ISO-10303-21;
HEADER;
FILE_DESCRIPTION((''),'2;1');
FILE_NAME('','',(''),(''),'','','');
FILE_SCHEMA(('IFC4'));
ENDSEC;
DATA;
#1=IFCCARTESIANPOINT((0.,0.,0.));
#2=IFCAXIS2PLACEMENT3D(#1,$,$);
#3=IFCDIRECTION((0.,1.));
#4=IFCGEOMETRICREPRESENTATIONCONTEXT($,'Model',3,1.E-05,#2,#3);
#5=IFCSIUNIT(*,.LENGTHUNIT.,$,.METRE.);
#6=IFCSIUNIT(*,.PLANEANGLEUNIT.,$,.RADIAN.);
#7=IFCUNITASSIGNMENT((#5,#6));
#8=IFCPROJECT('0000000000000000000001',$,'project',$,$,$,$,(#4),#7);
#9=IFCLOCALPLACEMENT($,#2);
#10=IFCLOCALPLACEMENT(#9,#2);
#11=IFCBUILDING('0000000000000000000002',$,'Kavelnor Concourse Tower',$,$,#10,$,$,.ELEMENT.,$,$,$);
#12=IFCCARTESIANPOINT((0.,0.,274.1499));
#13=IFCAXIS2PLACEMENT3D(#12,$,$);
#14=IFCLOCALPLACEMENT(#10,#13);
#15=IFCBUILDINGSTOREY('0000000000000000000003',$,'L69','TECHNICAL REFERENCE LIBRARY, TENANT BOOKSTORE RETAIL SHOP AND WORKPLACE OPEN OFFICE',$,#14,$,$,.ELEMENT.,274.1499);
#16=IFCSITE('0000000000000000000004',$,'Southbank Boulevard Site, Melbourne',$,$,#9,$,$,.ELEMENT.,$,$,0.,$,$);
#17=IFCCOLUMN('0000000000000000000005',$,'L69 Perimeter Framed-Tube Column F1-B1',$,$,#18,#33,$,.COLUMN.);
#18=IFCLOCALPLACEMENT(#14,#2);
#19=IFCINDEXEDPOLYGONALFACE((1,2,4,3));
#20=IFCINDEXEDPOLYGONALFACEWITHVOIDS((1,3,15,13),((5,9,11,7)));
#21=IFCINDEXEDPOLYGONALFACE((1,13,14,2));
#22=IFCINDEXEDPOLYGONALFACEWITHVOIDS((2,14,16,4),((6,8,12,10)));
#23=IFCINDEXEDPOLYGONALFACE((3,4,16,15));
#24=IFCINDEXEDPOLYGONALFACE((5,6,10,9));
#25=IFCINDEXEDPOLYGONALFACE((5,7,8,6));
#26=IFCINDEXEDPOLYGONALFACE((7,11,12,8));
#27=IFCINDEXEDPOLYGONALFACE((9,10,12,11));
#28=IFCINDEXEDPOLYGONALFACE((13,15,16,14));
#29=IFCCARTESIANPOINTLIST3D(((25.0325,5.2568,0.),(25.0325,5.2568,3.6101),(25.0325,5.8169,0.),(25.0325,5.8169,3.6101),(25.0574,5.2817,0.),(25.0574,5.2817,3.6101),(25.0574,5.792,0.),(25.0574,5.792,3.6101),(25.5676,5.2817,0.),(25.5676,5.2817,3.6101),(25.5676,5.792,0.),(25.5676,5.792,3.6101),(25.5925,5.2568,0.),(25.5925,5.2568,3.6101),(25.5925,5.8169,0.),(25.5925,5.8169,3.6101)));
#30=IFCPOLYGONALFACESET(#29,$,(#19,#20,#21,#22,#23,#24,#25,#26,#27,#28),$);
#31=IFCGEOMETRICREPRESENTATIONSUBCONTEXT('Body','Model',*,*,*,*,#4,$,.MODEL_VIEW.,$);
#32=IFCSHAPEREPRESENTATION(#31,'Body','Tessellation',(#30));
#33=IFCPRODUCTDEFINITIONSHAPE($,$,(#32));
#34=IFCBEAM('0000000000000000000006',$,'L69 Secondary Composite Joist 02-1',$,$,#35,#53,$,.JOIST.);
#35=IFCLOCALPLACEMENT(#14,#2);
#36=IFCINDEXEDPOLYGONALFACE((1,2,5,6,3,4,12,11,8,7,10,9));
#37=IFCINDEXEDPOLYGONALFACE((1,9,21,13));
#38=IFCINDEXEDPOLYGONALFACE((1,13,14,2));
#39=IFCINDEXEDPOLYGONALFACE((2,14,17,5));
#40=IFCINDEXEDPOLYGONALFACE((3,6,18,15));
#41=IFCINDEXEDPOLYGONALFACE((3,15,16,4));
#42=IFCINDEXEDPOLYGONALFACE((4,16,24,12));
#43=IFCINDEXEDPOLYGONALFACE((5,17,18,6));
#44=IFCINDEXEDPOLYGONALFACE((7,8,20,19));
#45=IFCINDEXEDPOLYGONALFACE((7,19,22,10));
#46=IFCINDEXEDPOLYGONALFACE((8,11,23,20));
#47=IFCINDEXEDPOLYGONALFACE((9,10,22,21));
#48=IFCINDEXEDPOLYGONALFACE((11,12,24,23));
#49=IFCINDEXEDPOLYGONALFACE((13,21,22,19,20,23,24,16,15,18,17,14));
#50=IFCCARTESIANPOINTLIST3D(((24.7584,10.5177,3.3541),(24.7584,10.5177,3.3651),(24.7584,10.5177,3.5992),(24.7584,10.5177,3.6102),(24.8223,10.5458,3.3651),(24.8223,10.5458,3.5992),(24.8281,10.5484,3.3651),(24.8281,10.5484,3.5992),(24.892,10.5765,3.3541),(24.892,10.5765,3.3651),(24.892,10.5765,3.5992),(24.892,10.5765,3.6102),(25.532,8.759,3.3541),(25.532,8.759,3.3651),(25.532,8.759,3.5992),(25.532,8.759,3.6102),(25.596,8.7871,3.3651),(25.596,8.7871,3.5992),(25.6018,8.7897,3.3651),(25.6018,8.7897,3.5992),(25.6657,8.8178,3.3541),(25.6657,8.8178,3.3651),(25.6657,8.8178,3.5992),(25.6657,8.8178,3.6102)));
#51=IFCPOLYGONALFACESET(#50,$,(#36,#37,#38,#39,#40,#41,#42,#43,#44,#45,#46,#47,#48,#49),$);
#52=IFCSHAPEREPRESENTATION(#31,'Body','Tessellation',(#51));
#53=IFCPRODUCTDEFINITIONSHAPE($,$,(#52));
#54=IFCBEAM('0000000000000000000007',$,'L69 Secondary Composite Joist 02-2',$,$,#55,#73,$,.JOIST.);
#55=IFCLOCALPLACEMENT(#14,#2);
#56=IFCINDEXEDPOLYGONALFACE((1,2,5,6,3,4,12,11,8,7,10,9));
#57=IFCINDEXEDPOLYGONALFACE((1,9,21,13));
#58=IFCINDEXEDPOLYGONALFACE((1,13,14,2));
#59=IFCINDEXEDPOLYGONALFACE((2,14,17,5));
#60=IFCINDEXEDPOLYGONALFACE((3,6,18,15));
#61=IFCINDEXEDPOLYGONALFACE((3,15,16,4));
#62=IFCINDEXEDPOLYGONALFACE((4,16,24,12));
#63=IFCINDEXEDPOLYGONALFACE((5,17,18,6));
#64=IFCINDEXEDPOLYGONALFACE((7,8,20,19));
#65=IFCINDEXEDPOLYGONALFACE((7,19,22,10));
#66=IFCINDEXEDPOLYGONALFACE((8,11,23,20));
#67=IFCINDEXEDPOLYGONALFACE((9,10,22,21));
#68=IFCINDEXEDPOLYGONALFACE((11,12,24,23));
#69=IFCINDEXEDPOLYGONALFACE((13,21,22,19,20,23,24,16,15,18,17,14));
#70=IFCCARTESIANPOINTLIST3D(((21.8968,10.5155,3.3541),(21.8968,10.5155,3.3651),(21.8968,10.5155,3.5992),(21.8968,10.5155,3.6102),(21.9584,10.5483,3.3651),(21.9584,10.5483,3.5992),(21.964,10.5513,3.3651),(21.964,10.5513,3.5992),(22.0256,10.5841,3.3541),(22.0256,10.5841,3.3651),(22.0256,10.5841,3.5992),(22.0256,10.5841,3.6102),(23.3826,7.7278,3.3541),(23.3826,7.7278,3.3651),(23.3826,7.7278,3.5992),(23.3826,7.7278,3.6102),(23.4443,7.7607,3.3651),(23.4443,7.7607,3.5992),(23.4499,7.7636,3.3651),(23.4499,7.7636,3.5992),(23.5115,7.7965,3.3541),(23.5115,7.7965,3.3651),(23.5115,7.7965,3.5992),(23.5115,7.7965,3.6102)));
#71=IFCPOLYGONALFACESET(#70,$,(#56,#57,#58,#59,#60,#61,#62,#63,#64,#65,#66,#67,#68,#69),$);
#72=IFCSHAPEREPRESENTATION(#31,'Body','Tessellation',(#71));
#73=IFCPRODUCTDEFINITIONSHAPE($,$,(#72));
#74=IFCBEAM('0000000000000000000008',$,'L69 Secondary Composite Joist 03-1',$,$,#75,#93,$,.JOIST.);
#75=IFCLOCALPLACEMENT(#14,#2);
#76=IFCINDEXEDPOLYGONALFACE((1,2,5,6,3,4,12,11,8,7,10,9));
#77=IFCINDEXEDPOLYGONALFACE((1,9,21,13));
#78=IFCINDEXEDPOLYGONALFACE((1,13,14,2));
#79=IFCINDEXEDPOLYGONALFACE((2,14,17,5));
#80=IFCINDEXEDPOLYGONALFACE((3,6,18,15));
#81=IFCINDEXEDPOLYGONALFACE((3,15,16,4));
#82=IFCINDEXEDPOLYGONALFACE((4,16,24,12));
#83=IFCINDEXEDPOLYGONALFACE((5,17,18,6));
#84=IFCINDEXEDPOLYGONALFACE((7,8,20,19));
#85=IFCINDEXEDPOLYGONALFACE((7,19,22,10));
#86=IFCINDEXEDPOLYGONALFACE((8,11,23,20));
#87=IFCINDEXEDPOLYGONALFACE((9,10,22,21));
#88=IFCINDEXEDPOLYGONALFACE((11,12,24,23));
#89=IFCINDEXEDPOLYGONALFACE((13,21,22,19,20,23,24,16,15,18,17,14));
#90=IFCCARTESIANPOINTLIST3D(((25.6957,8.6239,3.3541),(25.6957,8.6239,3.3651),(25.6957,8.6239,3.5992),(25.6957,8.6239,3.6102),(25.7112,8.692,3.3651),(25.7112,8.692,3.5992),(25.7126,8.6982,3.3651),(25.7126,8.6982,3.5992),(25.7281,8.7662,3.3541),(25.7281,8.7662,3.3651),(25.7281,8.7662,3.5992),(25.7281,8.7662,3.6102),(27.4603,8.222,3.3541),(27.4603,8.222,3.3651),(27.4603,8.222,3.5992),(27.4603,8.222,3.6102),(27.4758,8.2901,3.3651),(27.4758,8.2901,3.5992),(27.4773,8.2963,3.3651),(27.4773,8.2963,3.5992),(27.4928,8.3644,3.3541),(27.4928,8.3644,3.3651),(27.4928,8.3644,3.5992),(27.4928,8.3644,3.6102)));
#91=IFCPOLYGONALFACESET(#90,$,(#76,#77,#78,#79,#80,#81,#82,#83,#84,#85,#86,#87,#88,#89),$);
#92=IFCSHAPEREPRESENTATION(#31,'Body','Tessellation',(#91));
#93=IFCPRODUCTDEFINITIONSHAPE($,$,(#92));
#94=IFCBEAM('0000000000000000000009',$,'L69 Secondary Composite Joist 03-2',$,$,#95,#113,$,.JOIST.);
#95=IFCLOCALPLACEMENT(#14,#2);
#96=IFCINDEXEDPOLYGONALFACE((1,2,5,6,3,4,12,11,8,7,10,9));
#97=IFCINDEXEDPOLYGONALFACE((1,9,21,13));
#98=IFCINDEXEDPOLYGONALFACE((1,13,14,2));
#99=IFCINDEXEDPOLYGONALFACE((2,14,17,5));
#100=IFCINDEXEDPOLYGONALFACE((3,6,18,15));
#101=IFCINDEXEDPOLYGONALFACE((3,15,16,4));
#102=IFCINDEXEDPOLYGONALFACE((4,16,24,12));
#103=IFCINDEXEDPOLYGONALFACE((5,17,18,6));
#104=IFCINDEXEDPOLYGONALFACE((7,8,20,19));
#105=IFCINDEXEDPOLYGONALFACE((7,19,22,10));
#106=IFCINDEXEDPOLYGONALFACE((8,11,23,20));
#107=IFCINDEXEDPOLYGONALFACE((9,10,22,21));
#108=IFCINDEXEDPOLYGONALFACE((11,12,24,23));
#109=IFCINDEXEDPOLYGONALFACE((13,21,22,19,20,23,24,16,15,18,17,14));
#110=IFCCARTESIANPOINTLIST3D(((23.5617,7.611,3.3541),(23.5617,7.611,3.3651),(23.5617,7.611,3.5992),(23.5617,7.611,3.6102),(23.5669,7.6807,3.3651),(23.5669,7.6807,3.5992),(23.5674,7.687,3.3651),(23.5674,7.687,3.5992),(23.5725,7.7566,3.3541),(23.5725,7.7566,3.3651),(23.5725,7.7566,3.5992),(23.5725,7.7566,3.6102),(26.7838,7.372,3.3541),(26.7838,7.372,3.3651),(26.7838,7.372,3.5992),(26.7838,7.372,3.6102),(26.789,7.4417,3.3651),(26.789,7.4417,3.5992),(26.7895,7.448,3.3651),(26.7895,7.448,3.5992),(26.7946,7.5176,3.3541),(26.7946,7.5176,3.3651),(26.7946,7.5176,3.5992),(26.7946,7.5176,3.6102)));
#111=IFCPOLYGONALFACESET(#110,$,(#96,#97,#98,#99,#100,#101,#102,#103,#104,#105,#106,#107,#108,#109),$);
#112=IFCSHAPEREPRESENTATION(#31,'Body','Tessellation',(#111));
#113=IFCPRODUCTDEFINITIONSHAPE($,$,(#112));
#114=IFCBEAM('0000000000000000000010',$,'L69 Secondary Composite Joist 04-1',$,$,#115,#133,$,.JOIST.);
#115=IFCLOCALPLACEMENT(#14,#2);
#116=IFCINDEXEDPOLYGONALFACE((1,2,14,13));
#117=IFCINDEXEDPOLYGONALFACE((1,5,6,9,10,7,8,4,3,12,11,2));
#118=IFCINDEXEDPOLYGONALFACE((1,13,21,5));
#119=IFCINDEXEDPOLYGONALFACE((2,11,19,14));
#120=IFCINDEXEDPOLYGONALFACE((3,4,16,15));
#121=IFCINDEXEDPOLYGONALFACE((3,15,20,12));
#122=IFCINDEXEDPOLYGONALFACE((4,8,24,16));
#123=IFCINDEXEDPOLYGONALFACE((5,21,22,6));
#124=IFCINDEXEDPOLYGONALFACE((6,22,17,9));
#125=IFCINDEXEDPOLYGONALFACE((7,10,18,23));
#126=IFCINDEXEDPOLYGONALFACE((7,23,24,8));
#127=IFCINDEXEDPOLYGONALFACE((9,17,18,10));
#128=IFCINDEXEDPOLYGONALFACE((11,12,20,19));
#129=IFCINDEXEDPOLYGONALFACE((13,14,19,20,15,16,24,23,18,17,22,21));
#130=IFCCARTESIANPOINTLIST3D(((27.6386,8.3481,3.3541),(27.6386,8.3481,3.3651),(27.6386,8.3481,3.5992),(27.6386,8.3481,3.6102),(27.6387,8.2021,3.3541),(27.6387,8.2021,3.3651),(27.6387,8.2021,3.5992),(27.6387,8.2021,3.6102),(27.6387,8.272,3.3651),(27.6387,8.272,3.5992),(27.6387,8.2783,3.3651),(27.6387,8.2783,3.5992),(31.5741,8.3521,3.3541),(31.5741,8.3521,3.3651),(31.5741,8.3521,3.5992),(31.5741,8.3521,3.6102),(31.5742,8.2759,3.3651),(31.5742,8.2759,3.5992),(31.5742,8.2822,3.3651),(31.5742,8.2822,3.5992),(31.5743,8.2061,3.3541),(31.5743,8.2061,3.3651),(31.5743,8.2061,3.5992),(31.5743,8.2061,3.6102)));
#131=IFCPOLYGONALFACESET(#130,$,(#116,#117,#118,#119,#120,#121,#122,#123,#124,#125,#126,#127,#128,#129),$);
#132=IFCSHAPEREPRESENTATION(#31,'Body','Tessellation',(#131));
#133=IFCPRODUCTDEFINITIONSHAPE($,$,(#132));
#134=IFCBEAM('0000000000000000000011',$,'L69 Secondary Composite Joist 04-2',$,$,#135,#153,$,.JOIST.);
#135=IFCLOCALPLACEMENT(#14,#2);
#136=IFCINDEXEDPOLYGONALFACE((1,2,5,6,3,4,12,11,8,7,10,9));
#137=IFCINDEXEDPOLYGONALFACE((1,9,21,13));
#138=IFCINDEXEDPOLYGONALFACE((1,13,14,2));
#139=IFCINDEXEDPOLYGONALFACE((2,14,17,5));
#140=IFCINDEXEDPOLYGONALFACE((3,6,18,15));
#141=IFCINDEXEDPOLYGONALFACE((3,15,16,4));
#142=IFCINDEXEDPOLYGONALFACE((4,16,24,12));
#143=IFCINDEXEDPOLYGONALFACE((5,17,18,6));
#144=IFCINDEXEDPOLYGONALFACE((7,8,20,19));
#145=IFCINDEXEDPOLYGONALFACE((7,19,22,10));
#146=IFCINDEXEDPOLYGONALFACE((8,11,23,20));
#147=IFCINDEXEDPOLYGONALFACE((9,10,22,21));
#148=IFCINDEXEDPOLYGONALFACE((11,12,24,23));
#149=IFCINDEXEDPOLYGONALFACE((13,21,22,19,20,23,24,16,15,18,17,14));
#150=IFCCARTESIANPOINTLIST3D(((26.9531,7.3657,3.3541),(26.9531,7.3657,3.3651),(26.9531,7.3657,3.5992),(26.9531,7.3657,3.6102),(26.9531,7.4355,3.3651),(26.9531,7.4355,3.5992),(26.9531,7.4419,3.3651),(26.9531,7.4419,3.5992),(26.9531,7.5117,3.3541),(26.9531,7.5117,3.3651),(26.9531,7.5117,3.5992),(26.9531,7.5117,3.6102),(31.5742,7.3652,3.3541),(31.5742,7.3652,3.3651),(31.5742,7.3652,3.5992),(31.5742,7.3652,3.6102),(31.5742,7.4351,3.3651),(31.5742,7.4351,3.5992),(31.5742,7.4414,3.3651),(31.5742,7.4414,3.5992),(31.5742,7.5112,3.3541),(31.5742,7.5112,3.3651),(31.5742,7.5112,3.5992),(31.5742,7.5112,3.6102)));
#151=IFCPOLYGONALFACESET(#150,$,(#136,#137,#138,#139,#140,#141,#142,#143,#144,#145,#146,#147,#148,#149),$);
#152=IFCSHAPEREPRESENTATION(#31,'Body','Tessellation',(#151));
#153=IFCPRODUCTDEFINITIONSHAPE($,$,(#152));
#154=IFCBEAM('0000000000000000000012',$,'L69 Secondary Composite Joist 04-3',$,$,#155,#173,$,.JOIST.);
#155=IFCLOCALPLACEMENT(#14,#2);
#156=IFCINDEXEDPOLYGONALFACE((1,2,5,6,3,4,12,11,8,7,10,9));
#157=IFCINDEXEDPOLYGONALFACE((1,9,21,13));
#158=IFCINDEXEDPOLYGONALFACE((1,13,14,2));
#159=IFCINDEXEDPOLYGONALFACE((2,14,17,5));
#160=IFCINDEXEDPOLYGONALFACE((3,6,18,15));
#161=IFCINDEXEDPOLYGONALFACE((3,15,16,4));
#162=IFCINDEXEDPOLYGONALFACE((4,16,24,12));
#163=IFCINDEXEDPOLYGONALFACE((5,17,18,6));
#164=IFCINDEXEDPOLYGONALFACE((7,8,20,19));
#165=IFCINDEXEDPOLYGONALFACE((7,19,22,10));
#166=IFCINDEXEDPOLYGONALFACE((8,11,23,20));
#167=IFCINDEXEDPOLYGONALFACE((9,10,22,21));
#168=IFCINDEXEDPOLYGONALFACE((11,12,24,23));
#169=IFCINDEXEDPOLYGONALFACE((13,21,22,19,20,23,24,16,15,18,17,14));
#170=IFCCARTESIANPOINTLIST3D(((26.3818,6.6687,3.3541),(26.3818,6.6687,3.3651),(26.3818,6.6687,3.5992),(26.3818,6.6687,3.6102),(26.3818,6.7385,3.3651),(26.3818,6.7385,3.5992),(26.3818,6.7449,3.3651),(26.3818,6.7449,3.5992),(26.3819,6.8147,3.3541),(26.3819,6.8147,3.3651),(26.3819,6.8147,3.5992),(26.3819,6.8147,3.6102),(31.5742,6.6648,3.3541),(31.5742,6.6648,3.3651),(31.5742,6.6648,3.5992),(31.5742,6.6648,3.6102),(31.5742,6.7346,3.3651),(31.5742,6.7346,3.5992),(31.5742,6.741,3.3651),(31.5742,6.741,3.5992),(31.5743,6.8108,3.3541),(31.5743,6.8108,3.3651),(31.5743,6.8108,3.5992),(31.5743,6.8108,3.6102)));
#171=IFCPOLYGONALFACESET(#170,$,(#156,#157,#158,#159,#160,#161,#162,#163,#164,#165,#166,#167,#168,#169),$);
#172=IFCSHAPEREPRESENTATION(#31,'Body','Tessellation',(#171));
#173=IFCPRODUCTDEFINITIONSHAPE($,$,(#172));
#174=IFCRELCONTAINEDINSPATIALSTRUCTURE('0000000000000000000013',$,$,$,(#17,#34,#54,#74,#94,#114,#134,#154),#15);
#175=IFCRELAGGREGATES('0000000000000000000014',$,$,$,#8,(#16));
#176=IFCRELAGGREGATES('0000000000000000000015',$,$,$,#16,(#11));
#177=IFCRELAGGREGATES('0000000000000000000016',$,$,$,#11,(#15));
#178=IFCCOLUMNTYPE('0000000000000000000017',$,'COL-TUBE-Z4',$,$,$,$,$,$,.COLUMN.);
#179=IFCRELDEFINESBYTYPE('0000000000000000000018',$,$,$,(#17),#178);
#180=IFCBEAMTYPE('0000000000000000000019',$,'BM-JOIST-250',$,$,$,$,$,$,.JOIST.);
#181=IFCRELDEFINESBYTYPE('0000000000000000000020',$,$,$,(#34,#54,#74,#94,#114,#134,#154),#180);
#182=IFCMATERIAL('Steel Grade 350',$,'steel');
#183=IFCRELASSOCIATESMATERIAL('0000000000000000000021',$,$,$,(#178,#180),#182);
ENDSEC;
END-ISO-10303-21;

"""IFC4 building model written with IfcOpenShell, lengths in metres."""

from ifc_helpers import new_model, si_unit, direction, frame, origin, origin_2d, place, context, subcontext, project, spatial, hollow_rectangle, i_section, extrude, material, material_profile, profile_set, type_object, element, save


model = new_model("IFC4")

# Units and contexts
model_context = context("Model", 3, precision=1e-05, world=origin(), true_north=direction((0.0, 1.0)))
body_context = subcontext(model_context, "Body", "Model", "MODEL_VIEW")
ifc_project = project(units=[si_unit("LENGTHUNIT", "METRE"), si_unit("PLANEANGLEUNIT", "RADIAN")], contexts=[model_context])

# Site, building, storey
site_placement = place(None, origin())
site = spatial("IfcSite", under=ifc_project, at=site_placement, Name="Southbank Boulevard Site, Melbourne", CompositionType="ELEMENT", RefElevation=0.0)
building_placement = place(site_placement, origin())
building = spatial("IfcBuilding", under=site, at=building_placement, Name="Kavelnor Concourse Tower", CompositionType="ELEMENT")
storey_placement = place(building_placement, frame((0.0, 0.0, 274.1499)))
storey = spatial("IfcBuildingStorey", under=building, at=storey_placement, Name="L69", Description="TECHNICAL REFERENCE LIBRARY, TENANT BOOKSTORE RETAIL SHOP AND WORKPLACE OPEN OFFICE", CompositionType="ELEMENT", Elevation=274.1499)

# Column
ifc_material_1 = material(Name="Steel Grade 350", Category="steel")
ifc_material_profile_1 = material_profile(ifc_material_1, hollow_rectangle(XDim=0.5601, YDim=0.5601, WallThickness=0.0249, at=origin_2d()), Name="SHS 560x560x25")
ifc_profile_set_1 = profile_set([ifc_material_profile_1], Name="Steel Grade 350")
column_type = type_object("IfcColumnType", Name="COL-TUBE-Z4", PredefinedType="COLUMN", material=ifc_profile_set_1)
column_placement = place(storey_placement, frame((25.3125, 5.5369, 0.0), z_axis=(0.0, 0.0, 1.0), x_axis=(1.0, 0.0, 0.0)))
element("IfcColumn", 1, at=column_placement, inside=storey, type_object=column_type, Name="L69 Perimeter Framed-Tube Column F1-B1", PredefinedType="COLUMN", context=body_context, shape_type="SweptSolid", body=[
    extrude(hollow_rectangle(XDim=0.5601, YDim=0.5601, WallThickness=0.0249, at=origin_2d()), origin(), (0.0, 0.0, 1.0), 3.6101),
])

# Beams
ifc_material_profile_2 = material_profile(ifc_material_1, i_section(OverallWidth=0.146, OverallDepth=0.2561, WebThickness=0.0063, FlangeThickness=0.011, at=origin_2d()), Name="250UB37")
ifc_profile_set_2 = profile_set([ifc_material_profile_2], Name="Steel Grade 350")
beam_type_1 = type_object("IfcBeamType", Name="BM-JOIST-250", PredefinedType="JOIST", material=ifc_profile_set_2)
beam_1_placement = place(storey_placement, frame((24.8252, 10.5471, 3.4822), z_axis=(0.402658, -0.915351, 0.0), x_axis=(0.915351, 0.402658, 0.0)))
element("IfcBeam", 2, at=beam_1_placement, inside=storey, type_object=beam_type_1, Name="L69 Secondary Composite Joist 02-1", PredefinedType="JOIST", context=body_context, shape_type="SweptSolid", body=[
    extrude(i_section(OverallWidth=0.146, OverallDepth=0.2561, WebThickness=0.0063, FlangeThickness=0.011, at=origin_2d()), origin(), (0.0, 0.0, 1.0), 1.9214),
])
beam_2_placement = place(storey_placement, frame((21.9612, 10.5498, 3.4822), z_axis=(0.470372, -0.882468, 0.0), x_axis=(0.882468, 0.470372, 0.0)))
element("IfcBeam", 3, at=beam_2_placement, inside=storey, type_object=beam_type_1, Name="L69 Secondary Composite Joist 02-2", PredefinedType="JOIST", context=body_context, shape_type="SweptSolid", body=[
    extrude(i_section(OverallWidth=0.146, OverallDepth=0.2561, WebThickness=0.0063, FlangeThickness=0.011, at=origin_2d()), origin(), (0.0, 0.0, 1.0), 3.1589),
])
beam_3_placement = place(storey_placement, frame((25.7119, 8.6951, 3.4822), z_axis=(0.975037, -0.222041, 0.0), x_axis=(0.222041, 0.975037, 0.0)))
element("IfcBeam", 4, at=beam_3_placement, inside=storey, type_object=beam_type_1, Name="L69 Secondary Composite Joist 03-1", PredefinedType="JOIST", context=body_context, shape_type="SweptSolid", body=[
    extrude(i_section(OverallWidth=0.146, OverallDepth=0.2561, WebThickness=0.0063, FlangeThickness=0.011, at=origin_2d()), origin(), (0.0, 0.0, 1.0), 1.8098),
])
beam_4_placement = place(storey_placement, frame((23.5671, 7.6838, 3.4822), z_axis=(0.99726, -0.073975, 0.0), x_axis=(0.073975, 0.99726, 0.0)))
element("IfcBeam", 5, at=beam_4_placement, inside=storey, type_object=beam_type_1, Name="L69 Secondary Composite Joist 03-2", PredefinedType="JOIST", context=body_context, shape_type="SweptSolid", body=[
    extrude(i_section(OverallWidth=0.146, OverallDepth=0.2561, WebThickness=0.0063, FlangeThickness=0.011, at=origin_2d()), origin(), (0.0, 0.0, 1.0), 3.231),
])
beam_5_placement = place(storey_placement, frame((27.6387, 8.2751, 3.4822), z_axis=(1.0, 0.000993, 0.0), x_axis=(-0.000993, 1.0, 0.0)))
element("IfcBeam", 6, at=beam_5_placement, inside=storey, type_object=beam_type_1, Name="L69 Secondary Composite Joist 04-1", PredefinedType="JOIST", context=body_context, shape_type="SweptSolid", body=[
    extrude(i_section(OverallWidth=0.146, OverallDepth=0.2561, WebThickness=0.0063, FlangeThickness=0.011, at=origin_2d()), origin(), (0.0, 0.0, 1.0), 3.9355),
])
beam_6_placement = place(storey_placement, frame((26.9531, 7.4387, 3.4822), z_axis=(1.0, -0.000106, 0.0), x_axis=(0.000106, 1.0, 0.0)))
element("IfcBeam", 7, at=beam_6_placement, inside=storey, type_object=beam_type_1, Name="L69 Secondary Composite Joist 04-2", PredefinedType="JOIST", context=body_context, shape_type="SweptSolid", body=[
    extrude(i_section(OverallWidth=0.146, OverallDepth=0.2561, WebThickness=0.0063, FlangeThickness=0.011, at=origin_2d()), origin(), (0.0, 0.0, 1.0), 4.6211),
])
beam_7_placement = place(storey_placement, frame((26.3818, 6.7417, 3.4822), z_axis=(1.0, -0.000752, 0.0), x_axis=(0.000752, 1.0, 0.0)))
element("IfcBeam", 8, at=beam_7_placement, inside=storey, type_object=beam_type_1, Name="L69 Secondary Composite Joist 04-3", PredefinedType="JOIST", context=body_context, shape_type="SweptSolid", body=[
    extrude(i_section(OverallWidth=0.146, OverallDepth=0.2561, WebThickness=0.0063, FlangeThickness=0.011, at=origin_2d()), origin(), (0.0, 0.0, 1.0), 5.1924),
])

save(model, "model.ifc")
